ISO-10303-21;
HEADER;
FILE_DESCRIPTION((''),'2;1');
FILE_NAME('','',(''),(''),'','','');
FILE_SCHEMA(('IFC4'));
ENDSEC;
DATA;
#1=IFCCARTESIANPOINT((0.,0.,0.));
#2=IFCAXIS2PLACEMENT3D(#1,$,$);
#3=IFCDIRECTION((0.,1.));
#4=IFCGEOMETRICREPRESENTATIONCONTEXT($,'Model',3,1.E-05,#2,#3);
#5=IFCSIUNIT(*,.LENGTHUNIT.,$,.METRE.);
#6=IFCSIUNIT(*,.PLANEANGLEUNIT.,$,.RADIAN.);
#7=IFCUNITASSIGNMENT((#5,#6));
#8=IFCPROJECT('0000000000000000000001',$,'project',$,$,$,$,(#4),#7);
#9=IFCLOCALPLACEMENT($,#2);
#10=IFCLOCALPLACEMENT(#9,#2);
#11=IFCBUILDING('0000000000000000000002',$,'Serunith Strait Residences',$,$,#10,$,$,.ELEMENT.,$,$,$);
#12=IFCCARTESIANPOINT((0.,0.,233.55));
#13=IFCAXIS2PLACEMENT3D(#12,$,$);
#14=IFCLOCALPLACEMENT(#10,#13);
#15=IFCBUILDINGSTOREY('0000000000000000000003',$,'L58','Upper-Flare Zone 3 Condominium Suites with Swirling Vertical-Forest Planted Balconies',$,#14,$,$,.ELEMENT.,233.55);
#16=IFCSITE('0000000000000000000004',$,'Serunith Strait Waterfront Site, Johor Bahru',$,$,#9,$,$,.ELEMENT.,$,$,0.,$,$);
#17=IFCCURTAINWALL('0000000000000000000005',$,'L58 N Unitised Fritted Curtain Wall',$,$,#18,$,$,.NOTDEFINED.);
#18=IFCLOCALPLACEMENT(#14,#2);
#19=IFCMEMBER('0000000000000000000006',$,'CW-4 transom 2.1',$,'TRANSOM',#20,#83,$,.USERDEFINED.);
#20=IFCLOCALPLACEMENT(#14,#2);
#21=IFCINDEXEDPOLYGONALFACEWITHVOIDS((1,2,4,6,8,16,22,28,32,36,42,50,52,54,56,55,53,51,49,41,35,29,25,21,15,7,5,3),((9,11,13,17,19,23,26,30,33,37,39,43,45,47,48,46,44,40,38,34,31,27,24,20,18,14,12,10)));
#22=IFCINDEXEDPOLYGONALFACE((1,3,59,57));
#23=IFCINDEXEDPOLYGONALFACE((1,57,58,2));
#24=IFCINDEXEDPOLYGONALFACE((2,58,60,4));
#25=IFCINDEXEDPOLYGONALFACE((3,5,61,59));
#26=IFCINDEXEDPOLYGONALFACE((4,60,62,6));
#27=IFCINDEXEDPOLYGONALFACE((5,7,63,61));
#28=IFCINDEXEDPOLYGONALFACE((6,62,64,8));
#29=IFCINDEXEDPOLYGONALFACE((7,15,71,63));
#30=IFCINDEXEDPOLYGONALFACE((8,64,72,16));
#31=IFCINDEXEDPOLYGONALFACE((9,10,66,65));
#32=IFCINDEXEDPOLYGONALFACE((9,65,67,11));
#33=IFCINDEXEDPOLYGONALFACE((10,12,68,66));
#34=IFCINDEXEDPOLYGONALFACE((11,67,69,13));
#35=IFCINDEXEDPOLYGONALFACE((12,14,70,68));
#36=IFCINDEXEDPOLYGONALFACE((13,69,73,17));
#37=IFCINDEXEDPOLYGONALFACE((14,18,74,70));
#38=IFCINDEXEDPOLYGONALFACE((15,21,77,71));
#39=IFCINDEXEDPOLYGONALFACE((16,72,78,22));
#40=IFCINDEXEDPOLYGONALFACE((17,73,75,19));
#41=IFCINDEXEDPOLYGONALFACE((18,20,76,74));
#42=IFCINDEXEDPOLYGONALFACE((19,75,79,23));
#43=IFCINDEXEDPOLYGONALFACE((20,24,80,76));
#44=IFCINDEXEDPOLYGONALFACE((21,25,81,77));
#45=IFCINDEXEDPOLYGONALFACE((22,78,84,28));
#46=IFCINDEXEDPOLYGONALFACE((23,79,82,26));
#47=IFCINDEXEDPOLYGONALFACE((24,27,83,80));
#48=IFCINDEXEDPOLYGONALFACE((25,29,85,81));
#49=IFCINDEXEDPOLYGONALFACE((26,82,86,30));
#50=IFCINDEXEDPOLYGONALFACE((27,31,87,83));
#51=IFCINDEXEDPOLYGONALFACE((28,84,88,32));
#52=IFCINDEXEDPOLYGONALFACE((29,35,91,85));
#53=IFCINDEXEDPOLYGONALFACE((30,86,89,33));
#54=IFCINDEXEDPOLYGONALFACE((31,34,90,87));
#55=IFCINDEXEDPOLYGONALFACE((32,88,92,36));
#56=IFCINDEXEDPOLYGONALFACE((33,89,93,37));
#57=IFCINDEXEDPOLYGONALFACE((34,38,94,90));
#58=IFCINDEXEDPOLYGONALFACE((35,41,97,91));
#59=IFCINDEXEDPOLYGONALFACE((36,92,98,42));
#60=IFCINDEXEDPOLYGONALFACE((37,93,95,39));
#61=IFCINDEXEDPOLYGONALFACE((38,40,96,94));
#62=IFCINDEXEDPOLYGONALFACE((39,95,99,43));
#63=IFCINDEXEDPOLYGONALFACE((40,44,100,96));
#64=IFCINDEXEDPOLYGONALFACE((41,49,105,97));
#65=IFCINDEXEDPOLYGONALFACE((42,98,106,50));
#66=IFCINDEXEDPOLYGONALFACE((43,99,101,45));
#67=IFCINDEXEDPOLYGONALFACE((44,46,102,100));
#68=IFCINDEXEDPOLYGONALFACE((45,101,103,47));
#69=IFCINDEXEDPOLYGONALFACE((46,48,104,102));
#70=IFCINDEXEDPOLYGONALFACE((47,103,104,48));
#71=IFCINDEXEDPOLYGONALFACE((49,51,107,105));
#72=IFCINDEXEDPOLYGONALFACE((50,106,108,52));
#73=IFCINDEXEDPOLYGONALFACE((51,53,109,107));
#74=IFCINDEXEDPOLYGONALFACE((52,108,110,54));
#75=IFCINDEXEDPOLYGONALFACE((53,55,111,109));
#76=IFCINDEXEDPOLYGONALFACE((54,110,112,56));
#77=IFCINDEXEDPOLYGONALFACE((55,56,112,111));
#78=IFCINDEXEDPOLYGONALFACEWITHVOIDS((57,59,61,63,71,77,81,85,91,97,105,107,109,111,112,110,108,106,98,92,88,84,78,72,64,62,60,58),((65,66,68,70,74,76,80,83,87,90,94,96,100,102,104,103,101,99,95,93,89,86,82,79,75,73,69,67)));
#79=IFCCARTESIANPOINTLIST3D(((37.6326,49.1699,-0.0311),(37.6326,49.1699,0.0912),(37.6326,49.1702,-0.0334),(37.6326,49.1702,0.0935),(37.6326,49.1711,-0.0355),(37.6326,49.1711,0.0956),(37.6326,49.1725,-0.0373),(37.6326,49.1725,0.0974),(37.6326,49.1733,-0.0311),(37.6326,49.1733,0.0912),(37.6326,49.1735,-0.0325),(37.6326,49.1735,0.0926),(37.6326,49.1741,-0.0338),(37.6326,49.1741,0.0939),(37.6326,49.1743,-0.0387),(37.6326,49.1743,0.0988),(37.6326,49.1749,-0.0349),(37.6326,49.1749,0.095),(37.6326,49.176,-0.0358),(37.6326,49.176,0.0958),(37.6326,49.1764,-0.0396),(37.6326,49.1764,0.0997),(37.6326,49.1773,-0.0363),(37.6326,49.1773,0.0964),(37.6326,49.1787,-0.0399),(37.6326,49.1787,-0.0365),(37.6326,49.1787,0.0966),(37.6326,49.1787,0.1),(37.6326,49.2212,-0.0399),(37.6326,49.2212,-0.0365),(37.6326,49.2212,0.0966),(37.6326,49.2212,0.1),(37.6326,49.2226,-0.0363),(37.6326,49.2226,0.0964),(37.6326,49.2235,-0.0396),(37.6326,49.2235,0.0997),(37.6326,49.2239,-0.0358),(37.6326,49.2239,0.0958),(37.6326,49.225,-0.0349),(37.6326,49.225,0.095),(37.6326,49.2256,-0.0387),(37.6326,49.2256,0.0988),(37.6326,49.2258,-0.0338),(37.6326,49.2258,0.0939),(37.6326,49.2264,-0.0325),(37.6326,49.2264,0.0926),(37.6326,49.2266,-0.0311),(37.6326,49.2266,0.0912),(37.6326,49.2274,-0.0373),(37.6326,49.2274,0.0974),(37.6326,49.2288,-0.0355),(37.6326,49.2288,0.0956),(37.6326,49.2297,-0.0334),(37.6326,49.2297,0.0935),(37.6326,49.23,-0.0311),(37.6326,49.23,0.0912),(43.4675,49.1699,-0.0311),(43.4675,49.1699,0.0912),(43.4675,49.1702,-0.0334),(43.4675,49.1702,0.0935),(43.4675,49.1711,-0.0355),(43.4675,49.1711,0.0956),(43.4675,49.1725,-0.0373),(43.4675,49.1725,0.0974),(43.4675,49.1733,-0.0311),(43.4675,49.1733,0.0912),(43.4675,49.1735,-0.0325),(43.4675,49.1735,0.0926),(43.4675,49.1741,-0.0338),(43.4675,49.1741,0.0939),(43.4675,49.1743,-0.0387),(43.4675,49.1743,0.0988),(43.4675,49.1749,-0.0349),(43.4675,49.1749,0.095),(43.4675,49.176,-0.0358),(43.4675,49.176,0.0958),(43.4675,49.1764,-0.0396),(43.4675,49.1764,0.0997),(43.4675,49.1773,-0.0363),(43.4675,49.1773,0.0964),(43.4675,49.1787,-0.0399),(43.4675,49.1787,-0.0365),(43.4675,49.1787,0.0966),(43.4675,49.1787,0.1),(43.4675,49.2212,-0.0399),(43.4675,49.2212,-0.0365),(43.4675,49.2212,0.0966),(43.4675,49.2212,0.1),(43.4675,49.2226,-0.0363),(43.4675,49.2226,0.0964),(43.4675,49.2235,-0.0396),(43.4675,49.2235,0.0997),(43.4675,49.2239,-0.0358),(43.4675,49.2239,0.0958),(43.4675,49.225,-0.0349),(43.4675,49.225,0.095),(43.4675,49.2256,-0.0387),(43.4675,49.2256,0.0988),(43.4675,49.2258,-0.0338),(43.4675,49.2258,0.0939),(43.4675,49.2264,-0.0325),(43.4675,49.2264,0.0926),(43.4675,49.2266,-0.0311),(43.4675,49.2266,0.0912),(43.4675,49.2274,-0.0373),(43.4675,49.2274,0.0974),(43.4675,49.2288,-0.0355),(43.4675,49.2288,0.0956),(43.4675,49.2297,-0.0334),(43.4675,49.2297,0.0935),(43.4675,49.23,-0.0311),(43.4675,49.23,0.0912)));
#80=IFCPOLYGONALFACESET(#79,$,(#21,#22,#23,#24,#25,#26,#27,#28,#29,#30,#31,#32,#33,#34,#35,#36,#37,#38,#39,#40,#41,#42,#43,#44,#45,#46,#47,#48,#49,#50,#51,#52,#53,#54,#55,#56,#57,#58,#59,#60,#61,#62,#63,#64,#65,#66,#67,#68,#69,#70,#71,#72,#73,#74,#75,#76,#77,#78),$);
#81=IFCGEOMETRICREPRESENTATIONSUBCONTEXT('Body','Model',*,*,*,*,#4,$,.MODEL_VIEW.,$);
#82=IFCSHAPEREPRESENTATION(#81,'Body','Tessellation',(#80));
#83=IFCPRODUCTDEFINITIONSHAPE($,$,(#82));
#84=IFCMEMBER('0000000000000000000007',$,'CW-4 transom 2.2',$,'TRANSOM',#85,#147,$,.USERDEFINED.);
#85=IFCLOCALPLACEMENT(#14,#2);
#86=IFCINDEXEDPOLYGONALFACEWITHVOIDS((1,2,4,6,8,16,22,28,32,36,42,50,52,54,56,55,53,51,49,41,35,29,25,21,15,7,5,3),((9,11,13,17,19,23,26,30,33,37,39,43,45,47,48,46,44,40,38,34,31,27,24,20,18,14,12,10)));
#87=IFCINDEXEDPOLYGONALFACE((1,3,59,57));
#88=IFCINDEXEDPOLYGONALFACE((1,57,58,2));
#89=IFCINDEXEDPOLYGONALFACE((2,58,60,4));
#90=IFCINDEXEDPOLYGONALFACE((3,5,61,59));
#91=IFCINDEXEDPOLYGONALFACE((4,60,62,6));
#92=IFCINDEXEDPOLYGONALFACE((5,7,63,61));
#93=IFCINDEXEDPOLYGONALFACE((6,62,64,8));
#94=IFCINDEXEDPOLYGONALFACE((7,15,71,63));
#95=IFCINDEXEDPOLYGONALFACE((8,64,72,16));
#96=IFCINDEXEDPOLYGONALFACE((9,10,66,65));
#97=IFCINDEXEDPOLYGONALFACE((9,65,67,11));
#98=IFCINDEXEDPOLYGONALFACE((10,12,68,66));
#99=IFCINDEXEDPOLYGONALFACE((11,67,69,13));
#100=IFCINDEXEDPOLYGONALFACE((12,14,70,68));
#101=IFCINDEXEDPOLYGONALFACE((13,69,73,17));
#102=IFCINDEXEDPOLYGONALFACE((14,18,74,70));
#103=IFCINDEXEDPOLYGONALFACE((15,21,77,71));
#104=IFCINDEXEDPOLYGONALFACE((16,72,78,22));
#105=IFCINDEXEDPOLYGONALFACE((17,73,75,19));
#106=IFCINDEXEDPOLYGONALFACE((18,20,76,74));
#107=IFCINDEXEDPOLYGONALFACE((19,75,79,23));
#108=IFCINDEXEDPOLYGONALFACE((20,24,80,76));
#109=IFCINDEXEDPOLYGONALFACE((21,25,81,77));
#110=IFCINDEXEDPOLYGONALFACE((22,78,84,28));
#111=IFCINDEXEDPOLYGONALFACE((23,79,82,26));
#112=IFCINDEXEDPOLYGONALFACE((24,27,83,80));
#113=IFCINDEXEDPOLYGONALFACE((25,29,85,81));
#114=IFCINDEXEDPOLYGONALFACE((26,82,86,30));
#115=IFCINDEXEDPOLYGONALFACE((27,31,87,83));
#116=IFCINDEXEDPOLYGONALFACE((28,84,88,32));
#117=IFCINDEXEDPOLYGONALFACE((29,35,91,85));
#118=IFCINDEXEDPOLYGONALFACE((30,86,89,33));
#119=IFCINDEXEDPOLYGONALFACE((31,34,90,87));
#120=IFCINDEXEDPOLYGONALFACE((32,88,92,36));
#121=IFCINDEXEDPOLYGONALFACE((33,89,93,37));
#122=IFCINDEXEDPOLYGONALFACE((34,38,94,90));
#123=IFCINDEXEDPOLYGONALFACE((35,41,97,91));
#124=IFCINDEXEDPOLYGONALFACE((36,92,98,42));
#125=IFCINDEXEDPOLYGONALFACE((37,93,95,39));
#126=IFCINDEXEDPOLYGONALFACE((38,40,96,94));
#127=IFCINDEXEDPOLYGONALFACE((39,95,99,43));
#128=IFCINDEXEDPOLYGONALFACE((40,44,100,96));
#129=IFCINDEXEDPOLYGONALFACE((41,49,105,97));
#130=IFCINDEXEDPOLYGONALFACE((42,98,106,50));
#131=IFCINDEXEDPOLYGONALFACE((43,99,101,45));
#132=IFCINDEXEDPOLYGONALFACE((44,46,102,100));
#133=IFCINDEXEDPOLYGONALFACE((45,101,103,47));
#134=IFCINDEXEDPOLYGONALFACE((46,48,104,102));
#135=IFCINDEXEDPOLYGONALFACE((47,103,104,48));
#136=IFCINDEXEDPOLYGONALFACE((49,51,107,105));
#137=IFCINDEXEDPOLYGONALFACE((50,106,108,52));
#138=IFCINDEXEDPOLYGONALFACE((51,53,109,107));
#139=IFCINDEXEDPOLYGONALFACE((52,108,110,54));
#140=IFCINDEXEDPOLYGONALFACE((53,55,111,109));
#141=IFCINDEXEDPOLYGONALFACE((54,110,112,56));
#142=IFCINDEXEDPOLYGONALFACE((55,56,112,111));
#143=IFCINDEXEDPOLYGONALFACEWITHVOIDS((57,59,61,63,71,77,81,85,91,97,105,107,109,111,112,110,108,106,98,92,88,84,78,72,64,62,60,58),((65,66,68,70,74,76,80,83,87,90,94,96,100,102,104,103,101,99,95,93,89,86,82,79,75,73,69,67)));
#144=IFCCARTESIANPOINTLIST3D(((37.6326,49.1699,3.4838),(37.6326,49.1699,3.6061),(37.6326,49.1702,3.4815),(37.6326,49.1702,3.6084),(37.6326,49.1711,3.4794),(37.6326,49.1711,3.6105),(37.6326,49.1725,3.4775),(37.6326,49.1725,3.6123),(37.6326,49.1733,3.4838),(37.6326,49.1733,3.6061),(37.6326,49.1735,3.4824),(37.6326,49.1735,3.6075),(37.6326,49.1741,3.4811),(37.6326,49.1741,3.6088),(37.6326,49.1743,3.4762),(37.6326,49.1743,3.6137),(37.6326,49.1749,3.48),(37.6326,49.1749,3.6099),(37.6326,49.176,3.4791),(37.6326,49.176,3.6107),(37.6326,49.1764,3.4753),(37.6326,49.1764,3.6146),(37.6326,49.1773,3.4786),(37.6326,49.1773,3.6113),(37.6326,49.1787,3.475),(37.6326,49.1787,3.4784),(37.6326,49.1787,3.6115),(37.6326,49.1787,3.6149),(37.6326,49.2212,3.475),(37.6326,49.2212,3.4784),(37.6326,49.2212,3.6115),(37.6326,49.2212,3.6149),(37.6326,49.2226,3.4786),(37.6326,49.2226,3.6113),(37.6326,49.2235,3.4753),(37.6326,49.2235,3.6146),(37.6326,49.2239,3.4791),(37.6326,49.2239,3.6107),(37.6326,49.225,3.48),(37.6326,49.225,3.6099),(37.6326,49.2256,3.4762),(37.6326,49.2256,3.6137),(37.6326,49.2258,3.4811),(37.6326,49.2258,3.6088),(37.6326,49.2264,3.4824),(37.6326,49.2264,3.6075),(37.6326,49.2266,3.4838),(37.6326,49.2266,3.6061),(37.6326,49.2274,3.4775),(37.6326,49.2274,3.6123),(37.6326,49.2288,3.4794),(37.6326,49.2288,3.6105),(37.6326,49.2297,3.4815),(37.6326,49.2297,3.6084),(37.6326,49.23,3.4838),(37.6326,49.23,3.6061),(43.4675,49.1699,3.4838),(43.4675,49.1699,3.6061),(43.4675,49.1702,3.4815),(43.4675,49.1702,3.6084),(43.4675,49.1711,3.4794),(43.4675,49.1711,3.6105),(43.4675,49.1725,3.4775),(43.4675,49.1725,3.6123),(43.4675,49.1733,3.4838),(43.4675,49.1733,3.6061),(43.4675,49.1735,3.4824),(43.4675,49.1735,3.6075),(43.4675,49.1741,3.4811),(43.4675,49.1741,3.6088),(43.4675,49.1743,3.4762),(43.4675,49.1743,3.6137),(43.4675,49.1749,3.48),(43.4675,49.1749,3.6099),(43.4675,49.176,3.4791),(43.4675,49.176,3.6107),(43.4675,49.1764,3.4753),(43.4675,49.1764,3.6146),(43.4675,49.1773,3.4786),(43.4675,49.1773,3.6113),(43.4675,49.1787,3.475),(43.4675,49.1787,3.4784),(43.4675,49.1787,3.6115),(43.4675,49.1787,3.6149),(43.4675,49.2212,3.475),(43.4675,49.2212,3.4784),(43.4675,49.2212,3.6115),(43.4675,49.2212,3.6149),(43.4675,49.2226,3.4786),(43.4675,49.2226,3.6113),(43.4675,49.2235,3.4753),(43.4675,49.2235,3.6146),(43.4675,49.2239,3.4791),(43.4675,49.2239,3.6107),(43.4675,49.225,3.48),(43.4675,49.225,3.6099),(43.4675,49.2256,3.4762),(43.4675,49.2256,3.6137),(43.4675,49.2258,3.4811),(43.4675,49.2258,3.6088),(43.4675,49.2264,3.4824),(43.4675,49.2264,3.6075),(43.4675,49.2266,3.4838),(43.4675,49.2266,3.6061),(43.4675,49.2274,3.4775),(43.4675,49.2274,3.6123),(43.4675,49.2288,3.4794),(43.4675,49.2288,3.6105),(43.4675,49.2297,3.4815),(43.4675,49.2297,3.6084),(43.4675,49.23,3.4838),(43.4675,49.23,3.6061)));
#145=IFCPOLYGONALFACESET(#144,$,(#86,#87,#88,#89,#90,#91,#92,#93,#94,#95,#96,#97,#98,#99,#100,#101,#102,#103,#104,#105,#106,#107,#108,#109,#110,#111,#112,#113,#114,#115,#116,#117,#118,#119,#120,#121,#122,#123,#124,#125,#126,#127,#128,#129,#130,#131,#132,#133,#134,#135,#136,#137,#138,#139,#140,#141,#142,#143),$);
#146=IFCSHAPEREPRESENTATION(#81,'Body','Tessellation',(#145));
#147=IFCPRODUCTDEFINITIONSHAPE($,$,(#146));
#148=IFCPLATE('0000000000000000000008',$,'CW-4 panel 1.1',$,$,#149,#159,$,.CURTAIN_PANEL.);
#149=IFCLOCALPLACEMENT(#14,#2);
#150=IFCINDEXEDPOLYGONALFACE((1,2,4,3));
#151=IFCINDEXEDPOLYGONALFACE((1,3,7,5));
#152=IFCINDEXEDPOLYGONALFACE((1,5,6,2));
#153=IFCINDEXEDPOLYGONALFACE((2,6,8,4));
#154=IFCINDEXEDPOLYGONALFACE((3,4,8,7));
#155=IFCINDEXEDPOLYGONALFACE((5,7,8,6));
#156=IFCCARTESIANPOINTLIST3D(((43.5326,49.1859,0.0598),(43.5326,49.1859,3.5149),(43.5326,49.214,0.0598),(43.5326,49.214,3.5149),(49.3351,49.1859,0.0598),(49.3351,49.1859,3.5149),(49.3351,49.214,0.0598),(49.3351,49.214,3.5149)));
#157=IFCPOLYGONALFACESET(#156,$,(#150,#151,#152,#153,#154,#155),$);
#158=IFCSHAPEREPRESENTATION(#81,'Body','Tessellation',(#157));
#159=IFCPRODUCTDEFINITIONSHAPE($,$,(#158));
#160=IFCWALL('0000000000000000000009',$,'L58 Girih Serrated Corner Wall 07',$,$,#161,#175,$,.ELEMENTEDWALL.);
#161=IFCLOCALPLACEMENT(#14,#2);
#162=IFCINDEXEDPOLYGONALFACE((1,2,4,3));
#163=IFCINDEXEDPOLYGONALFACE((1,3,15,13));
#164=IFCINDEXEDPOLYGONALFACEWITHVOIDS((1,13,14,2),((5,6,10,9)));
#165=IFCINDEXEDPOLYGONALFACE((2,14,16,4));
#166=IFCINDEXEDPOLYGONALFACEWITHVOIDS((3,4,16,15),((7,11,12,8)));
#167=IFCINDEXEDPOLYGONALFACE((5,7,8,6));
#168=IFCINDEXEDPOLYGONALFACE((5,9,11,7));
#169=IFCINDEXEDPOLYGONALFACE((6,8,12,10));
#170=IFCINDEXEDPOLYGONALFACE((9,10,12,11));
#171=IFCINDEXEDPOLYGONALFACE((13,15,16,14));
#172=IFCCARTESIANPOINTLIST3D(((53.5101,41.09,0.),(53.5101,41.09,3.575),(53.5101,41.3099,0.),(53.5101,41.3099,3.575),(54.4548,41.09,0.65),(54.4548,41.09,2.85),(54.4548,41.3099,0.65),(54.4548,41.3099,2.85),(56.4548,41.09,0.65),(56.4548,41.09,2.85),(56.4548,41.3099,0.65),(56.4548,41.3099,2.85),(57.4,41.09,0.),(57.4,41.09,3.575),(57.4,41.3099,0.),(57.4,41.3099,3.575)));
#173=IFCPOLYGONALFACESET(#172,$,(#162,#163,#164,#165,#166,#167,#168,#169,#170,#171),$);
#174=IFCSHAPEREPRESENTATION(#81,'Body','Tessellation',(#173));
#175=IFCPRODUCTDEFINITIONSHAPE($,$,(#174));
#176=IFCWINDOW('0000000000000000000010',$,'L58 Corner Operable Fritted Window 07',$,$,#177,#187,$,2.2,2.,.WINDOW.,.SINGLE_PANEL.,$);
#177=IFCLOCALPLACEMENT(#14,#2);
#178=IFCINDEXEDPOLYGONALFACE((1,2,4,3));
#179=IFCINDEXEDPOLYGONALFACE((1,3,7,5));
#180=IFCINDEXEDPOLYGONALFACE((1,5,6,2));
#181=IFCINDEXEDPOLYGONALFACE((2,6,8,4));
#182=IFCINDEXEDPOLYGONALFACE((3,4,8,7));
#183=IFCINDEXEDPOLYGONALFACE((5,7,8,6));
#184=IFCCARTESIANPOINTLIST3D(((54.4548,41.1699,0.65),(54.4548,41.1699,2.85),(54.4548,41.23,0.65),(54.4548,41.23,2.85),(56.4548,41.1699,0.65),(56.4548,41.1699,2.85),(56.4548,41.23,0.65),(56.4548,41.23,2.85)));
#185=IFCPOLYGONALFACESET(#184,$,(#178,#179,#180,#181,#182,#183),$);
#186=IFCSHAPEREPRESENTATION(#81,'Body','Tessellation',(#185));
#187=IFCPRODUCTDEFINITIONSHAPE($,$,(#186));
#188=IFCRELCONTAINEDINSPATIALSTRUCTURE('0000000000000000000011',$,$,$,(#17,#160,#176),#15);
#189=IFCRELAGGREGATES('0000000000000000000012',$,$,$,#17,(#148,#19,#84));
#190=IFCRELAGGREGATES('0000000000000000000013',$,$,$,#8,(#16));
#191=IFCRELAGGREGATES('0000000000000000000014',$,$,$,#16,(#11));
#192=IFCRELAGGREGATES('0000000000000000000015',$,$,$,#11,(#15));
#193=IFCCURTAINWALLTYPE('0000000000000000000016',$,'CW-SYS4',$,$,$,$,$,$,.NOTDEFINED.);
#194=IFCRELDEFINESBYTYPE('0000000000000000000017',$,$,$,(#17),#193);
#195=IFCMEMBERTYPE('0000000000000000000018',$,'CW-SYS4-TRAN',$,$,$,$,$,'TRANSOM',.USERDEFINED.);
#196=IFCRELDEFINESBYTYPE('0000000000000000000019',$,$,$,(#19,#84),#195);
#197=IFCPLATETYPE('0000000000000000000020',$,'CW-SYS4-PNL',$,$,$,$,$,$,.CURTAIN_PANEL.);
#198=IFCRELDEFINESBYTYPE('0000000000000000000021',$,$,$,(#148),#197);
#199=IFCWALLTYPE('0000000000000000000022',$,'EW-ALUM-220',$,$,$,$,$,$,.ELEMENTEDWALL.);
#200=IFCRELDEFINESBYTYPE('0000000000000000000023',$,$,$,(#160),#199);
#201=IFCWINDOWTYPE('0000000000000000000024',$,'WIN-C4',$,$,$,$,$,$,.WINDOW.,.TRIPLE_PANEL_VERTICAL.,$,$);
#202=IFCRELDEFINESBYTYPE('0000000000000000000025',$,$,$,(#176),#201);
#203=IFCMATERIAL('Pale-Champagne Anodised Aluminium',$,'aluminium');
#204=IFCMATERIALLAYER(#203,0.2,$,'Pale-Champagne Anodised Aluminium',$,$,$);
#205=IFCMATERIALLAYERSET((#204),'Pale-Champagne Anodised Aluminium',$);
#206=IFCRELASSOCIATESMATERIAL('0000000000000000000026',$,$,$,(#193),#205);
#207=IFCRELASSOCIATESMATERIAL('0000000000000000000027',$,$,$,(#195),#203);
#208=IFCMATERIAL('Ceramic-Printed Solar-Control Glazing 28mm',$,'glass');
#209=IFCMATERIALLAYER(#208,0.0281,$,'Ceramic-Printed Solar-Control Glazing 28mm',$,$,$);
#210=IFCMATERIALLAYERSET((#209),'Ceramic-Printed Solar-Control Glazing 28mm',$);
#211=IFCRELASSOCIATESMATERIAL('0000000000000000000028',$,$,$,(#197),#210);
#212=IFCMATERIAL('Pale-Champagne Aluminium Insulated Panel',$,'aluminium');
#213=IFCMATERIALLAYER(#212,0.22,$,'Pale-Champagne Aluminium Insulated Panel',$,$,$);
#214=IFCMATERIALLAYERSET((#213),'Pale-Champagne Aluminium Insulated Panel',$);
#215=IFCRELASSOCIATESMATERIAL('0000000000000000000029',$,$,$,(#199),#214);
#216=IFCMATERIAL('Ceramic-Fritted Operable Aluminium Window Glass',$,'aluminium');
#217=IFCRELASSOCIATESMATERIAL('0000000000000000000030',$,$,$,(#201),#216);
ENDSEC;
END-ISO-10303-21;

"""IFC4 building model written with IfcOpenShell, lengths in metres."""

from ifc_helpers import new_model, si_unit, direction, frame, frame_2d, origin, origin_2d, place, context, subcontext, project, spatial, rectangle, hollow_rectangle, extrude, source, transform, mapped, material, layer, layer_set, material_profile, profile_set, type_object, element, fill, aggregate, save


model = new_model("IFC4")

# Units and contexts
model_context = context("Model", 3, precision=1e-05, world=origin(), true_north=direction((0.0, 1.0)))
body_context = subcontext(model_context, "Body", "Model", "MODEL_VIEW")
ifc_project = project(units=[si_unit("LENGTHUNIT", "METRE"), si_unit("PLANEANGLEUNIT", "RADIAN")], contexts=[model_context])

# Site, building, storey
site_placement = place(None, origin())
site = spatial("IfcSite", under=ifc_project, at=site_placement, Name="Serunith Strait Waterfront Site, Johor Bahru", CompositionType="ELEMENT", RefElevation=0.0)
building_placement = place(site_placement, origin())
building = spatial("IfcBuilding", under=site, at=building_placement, Name="Serunith Strait Residences", CompositionType="ELEMENT")
storey_placement = place(building_placement, frame((0.0, 0.0, 233.55)))
storey = spatial("IfcBuildingStorey", under=building, at=storey_placement, Name="L58", Description="Upper-Flare Zone 3 Condominium Suites with Swirling Vertical-Forest Planted Balconies", CompositionType="ELEMENT", Elevation=233.55)

# Shared definitions
ifc_material_1 = material(Name="Pale-Champagne Anodised Aluminium", Category="aluminium")
ifc_layer_1 = layer(ifc_material_1, 0.2, Name="Pale-Champagne Anodised Aluminium")
ifc_layer_set_1 = layer_set([ifc_layer_1], Name="Pale-Champagne Anodised Aluminium")
curtain_wall_type = type_object("IfcCurtainWallType", Name="CW-SYS4", PredefinedType="NOTDEFINED", material=ifc_layer_set_1)

# Curtain wall, members, plate
curtain_wall_1_placement = place(storey_placement, origin())
curtain_wall_1 = element("IfcCurtainWall", 1, at=curtain_wall_1_placement, inside=storey, type_object=curtain_wall_type, Name="L58 N Unitised Fritted Curtain Wall", PredefinedType="NOTDEFINED")
ifc_material_profile_1 = material_profile(ifc_material_1, hollow_rectangle(XDim=0.0601, YDim=0.1399, WallThickness=0.0034, InnerFilletRadius=0.0054, OuterFilletRadius=0.0088, at=origin_2d()), Name="ALU 140x60x3.5")
ifc_profile_set_1 = profile_set([ifc_material_profile_1], Name="Pale-Champagne Anodised Aluminium")
member_type_1 = type_object("IfcMemberType", Name="CW-SYS4-TRAN", ElementType="TRANSOM", PredefinedType="USERDEFINED", material=ifc_profile_set_1)
shared_shape_1 = source(origin(), body_context, "Body", "SweptSolid", [
    extrude(hollow_rectangle(XDim=0.0601, YDim=0.1399, WallThickness=0.0034, InnerFilletRadius=0.0054, OuterFilletRadius=0.0088, at=origin_2d()), origin(), (0.0, 0.0, 1.0), 5.835),
])
member_1_placement = place(storey_placement, frame((43.4675, 49.2, 0.03), z_axis=(-1.0, 0.0, 0.0), x_axis=(0.0, -1.0, 0.0)))
member_1 = element("IfcMember", 2, at=member_1_placement, type_object=member_type_1, Name="CW-4 transom 2.1", ObjectType="TRANSOM", PredefinedType="USERDEFINED", context=body_context, shape_type="MappedRepresentation", body=[
    mapped(shared_shape_1, transform((0.0, 0.0, 0.0), scale=1.0)),
])
member_2_placement = place(storey_placement, frame((43.4675, 49.2, 3.5449), z_axis=(-1.0, 0.0, 0.0), x_axis=(0.0, -1.0, 0.0)))
member_2 = element("IfcMember", 3, at=member_2_placement, type_object=member_type_1, Name="CW-4 transom 2.2", ObjectType="TRANSOM", PredefinedType="USERDEFINED", context=body_context, shape_type="MappedRepresentation", body=[
    mapped(shared_shape_1, transform((0.0, 0.0, 0.0), scale=1.0)),
])
ifc_material_2 = material(Name="Ceramic-Printed Solar-Control Glazing 28mm", Category="glass")
ifc_layer_2 = layer(ifc_material_2, 0.0281, Name="Ceramic-Printed Solar-Control Glazing 28mm")
ifc_layer_set_2 = layer_set([ifc_layer_2], Name="Ceramic-Printed Solar-Control Glazing 28mm")
plate_type = type_object("IfcPlateType", Name="CW-SYS4-PNL", PredefinedType="CURTAIN_PANEL", material=ifc_layer_set_2)
shared_shape_2 = source(origin(), body_context, "Body", "SweptSolid", [
    extrude(rectangle(XDim=5.8025, YDim=0.0281, at=origin_2d()), origin(), (0.0, 0.0, 1.0), 3.4551),
])
plate_placement = place(storey_placement, frame((46.4338, 49.2, 0.0598), z_axis=(0.0, 0.0, 1.0), x_axis=(-1.0, 0.0, 0.0)))
plate = element("IfcPlate", 4, at=plate_placement, type_object=plate_type, Name="CW-4 panel 1.1", PredefinedType="CURTAIN_PANEL", context=body_context, shape_type="MappedRepresentation", body=[
    mapped(shared_shape_2, transform((0.0, 0.0, 0.0), scale=1.0)),
])
aggregate(curtain_wall_1, [plate, member_1, member_2])

# Wall, opening, window
ifc_material_3 = material(Name="Pale-Champagne Aluminium Insulated Panel", Category="aluminium")
ifc_layer_3 = layer(ifc_material_3, 0.22, Name="Pale-Champagne Aluminium Insulated Panel")
ifc_layer_set_3 = layer_set([ifc_layer_3], Name="Pale-Champagne Aluminium Insulated Panel")
wall_type_1 = type_object("IfcWallType", Name="EW-ALUM-220", PredefinedType="ELEMENTEDWALL", material=ifc_layer_set_3)
wall_1_placement = place(storey_placement, frame((57.3999, 41.2, 0.0), z_axis=(0.0, 0.0, 1.0), x_axis=(-1.0, 0.0, 0.0)))
wall_1 = element("IfcWall", 5, at=wall_1_placement, inside=storey, type_object=wall_type_1, Name="L58 Girih Serrated Corner Wall 07", PredefinedType="ELEMENTEDWALL", context=body_context, shape_type="SweptSolid", body=[
    extrude(rectangle(XDim=3.8899, YDim=0.22, at=frame_2d((1.9448, 0.0))), origin(), (0.0, 0.0, 1.0), 3.575),
])
opening_1_placement = place(wall_1_placement, frame((0.9451, 0.0, 0.6499)))
opening_1 = element("IfcOpeningElement", 6, at=opening_1_placement, cuts=wall_1, PredefinedType="OPENING", context=body_context, shape_type="SweptSolid", body=[
    extrude(rectangle(XDim=2.0, YDim=2.2, at=frame_2d((1.0, 1.1001))), frame((0.0, 0.1201, 0.0), z_axis=(0.0, -1.0, 0.0), x_axis=(1.0, 0.0, 0.0)), (0.0, 0.0, 1.0), 0.24),
])
ifc_material_4 = material(Name="Ceramic-Fritted Operable Aluminium Window Glass", Category="aluminium")
window_type = type_object("IfcWindowType", Name="WIN-C4", PartitioningType="TRIPLE_PANEL_VERTICAL", PredefinedType="WINDOW", material=ifc_material_4)
shared_shape_3 = source(origin(), body_context, "Body", "SweptSolid", [
    extrude(rectangle(XDim=2.0, YDim=2.2, at=frame_2d((1.0, 1.1001))), frame((0.0, 0.03, 0.0), z_axis=(0.0, -1.0, 0.0), x_axis=(1.0, 0.0, 0.0)), (0.0, 0.0, 1.0), 0.0601),
])
window_1_placement = place(opening_1_placement, origin())
window_1 = element("IfcWindow", 7, at=window_1_placement, inside=storey, type_object=window_type, Name="L58 Corner Operable Fritted Window 07", OverallHeight=2.2, OverallWidth=2.0, PartitioningType="SINGLE_PANEL", PredefinedType="WINDOW", context=body_context, shape_type="MappedRepresentation", body=[
    mapped(shared_shape_3, transform((0.0, 0.0, 0.0), scale=1.0)),
])
fill(opening_1, window_1)

save(model, "model.ifc")
